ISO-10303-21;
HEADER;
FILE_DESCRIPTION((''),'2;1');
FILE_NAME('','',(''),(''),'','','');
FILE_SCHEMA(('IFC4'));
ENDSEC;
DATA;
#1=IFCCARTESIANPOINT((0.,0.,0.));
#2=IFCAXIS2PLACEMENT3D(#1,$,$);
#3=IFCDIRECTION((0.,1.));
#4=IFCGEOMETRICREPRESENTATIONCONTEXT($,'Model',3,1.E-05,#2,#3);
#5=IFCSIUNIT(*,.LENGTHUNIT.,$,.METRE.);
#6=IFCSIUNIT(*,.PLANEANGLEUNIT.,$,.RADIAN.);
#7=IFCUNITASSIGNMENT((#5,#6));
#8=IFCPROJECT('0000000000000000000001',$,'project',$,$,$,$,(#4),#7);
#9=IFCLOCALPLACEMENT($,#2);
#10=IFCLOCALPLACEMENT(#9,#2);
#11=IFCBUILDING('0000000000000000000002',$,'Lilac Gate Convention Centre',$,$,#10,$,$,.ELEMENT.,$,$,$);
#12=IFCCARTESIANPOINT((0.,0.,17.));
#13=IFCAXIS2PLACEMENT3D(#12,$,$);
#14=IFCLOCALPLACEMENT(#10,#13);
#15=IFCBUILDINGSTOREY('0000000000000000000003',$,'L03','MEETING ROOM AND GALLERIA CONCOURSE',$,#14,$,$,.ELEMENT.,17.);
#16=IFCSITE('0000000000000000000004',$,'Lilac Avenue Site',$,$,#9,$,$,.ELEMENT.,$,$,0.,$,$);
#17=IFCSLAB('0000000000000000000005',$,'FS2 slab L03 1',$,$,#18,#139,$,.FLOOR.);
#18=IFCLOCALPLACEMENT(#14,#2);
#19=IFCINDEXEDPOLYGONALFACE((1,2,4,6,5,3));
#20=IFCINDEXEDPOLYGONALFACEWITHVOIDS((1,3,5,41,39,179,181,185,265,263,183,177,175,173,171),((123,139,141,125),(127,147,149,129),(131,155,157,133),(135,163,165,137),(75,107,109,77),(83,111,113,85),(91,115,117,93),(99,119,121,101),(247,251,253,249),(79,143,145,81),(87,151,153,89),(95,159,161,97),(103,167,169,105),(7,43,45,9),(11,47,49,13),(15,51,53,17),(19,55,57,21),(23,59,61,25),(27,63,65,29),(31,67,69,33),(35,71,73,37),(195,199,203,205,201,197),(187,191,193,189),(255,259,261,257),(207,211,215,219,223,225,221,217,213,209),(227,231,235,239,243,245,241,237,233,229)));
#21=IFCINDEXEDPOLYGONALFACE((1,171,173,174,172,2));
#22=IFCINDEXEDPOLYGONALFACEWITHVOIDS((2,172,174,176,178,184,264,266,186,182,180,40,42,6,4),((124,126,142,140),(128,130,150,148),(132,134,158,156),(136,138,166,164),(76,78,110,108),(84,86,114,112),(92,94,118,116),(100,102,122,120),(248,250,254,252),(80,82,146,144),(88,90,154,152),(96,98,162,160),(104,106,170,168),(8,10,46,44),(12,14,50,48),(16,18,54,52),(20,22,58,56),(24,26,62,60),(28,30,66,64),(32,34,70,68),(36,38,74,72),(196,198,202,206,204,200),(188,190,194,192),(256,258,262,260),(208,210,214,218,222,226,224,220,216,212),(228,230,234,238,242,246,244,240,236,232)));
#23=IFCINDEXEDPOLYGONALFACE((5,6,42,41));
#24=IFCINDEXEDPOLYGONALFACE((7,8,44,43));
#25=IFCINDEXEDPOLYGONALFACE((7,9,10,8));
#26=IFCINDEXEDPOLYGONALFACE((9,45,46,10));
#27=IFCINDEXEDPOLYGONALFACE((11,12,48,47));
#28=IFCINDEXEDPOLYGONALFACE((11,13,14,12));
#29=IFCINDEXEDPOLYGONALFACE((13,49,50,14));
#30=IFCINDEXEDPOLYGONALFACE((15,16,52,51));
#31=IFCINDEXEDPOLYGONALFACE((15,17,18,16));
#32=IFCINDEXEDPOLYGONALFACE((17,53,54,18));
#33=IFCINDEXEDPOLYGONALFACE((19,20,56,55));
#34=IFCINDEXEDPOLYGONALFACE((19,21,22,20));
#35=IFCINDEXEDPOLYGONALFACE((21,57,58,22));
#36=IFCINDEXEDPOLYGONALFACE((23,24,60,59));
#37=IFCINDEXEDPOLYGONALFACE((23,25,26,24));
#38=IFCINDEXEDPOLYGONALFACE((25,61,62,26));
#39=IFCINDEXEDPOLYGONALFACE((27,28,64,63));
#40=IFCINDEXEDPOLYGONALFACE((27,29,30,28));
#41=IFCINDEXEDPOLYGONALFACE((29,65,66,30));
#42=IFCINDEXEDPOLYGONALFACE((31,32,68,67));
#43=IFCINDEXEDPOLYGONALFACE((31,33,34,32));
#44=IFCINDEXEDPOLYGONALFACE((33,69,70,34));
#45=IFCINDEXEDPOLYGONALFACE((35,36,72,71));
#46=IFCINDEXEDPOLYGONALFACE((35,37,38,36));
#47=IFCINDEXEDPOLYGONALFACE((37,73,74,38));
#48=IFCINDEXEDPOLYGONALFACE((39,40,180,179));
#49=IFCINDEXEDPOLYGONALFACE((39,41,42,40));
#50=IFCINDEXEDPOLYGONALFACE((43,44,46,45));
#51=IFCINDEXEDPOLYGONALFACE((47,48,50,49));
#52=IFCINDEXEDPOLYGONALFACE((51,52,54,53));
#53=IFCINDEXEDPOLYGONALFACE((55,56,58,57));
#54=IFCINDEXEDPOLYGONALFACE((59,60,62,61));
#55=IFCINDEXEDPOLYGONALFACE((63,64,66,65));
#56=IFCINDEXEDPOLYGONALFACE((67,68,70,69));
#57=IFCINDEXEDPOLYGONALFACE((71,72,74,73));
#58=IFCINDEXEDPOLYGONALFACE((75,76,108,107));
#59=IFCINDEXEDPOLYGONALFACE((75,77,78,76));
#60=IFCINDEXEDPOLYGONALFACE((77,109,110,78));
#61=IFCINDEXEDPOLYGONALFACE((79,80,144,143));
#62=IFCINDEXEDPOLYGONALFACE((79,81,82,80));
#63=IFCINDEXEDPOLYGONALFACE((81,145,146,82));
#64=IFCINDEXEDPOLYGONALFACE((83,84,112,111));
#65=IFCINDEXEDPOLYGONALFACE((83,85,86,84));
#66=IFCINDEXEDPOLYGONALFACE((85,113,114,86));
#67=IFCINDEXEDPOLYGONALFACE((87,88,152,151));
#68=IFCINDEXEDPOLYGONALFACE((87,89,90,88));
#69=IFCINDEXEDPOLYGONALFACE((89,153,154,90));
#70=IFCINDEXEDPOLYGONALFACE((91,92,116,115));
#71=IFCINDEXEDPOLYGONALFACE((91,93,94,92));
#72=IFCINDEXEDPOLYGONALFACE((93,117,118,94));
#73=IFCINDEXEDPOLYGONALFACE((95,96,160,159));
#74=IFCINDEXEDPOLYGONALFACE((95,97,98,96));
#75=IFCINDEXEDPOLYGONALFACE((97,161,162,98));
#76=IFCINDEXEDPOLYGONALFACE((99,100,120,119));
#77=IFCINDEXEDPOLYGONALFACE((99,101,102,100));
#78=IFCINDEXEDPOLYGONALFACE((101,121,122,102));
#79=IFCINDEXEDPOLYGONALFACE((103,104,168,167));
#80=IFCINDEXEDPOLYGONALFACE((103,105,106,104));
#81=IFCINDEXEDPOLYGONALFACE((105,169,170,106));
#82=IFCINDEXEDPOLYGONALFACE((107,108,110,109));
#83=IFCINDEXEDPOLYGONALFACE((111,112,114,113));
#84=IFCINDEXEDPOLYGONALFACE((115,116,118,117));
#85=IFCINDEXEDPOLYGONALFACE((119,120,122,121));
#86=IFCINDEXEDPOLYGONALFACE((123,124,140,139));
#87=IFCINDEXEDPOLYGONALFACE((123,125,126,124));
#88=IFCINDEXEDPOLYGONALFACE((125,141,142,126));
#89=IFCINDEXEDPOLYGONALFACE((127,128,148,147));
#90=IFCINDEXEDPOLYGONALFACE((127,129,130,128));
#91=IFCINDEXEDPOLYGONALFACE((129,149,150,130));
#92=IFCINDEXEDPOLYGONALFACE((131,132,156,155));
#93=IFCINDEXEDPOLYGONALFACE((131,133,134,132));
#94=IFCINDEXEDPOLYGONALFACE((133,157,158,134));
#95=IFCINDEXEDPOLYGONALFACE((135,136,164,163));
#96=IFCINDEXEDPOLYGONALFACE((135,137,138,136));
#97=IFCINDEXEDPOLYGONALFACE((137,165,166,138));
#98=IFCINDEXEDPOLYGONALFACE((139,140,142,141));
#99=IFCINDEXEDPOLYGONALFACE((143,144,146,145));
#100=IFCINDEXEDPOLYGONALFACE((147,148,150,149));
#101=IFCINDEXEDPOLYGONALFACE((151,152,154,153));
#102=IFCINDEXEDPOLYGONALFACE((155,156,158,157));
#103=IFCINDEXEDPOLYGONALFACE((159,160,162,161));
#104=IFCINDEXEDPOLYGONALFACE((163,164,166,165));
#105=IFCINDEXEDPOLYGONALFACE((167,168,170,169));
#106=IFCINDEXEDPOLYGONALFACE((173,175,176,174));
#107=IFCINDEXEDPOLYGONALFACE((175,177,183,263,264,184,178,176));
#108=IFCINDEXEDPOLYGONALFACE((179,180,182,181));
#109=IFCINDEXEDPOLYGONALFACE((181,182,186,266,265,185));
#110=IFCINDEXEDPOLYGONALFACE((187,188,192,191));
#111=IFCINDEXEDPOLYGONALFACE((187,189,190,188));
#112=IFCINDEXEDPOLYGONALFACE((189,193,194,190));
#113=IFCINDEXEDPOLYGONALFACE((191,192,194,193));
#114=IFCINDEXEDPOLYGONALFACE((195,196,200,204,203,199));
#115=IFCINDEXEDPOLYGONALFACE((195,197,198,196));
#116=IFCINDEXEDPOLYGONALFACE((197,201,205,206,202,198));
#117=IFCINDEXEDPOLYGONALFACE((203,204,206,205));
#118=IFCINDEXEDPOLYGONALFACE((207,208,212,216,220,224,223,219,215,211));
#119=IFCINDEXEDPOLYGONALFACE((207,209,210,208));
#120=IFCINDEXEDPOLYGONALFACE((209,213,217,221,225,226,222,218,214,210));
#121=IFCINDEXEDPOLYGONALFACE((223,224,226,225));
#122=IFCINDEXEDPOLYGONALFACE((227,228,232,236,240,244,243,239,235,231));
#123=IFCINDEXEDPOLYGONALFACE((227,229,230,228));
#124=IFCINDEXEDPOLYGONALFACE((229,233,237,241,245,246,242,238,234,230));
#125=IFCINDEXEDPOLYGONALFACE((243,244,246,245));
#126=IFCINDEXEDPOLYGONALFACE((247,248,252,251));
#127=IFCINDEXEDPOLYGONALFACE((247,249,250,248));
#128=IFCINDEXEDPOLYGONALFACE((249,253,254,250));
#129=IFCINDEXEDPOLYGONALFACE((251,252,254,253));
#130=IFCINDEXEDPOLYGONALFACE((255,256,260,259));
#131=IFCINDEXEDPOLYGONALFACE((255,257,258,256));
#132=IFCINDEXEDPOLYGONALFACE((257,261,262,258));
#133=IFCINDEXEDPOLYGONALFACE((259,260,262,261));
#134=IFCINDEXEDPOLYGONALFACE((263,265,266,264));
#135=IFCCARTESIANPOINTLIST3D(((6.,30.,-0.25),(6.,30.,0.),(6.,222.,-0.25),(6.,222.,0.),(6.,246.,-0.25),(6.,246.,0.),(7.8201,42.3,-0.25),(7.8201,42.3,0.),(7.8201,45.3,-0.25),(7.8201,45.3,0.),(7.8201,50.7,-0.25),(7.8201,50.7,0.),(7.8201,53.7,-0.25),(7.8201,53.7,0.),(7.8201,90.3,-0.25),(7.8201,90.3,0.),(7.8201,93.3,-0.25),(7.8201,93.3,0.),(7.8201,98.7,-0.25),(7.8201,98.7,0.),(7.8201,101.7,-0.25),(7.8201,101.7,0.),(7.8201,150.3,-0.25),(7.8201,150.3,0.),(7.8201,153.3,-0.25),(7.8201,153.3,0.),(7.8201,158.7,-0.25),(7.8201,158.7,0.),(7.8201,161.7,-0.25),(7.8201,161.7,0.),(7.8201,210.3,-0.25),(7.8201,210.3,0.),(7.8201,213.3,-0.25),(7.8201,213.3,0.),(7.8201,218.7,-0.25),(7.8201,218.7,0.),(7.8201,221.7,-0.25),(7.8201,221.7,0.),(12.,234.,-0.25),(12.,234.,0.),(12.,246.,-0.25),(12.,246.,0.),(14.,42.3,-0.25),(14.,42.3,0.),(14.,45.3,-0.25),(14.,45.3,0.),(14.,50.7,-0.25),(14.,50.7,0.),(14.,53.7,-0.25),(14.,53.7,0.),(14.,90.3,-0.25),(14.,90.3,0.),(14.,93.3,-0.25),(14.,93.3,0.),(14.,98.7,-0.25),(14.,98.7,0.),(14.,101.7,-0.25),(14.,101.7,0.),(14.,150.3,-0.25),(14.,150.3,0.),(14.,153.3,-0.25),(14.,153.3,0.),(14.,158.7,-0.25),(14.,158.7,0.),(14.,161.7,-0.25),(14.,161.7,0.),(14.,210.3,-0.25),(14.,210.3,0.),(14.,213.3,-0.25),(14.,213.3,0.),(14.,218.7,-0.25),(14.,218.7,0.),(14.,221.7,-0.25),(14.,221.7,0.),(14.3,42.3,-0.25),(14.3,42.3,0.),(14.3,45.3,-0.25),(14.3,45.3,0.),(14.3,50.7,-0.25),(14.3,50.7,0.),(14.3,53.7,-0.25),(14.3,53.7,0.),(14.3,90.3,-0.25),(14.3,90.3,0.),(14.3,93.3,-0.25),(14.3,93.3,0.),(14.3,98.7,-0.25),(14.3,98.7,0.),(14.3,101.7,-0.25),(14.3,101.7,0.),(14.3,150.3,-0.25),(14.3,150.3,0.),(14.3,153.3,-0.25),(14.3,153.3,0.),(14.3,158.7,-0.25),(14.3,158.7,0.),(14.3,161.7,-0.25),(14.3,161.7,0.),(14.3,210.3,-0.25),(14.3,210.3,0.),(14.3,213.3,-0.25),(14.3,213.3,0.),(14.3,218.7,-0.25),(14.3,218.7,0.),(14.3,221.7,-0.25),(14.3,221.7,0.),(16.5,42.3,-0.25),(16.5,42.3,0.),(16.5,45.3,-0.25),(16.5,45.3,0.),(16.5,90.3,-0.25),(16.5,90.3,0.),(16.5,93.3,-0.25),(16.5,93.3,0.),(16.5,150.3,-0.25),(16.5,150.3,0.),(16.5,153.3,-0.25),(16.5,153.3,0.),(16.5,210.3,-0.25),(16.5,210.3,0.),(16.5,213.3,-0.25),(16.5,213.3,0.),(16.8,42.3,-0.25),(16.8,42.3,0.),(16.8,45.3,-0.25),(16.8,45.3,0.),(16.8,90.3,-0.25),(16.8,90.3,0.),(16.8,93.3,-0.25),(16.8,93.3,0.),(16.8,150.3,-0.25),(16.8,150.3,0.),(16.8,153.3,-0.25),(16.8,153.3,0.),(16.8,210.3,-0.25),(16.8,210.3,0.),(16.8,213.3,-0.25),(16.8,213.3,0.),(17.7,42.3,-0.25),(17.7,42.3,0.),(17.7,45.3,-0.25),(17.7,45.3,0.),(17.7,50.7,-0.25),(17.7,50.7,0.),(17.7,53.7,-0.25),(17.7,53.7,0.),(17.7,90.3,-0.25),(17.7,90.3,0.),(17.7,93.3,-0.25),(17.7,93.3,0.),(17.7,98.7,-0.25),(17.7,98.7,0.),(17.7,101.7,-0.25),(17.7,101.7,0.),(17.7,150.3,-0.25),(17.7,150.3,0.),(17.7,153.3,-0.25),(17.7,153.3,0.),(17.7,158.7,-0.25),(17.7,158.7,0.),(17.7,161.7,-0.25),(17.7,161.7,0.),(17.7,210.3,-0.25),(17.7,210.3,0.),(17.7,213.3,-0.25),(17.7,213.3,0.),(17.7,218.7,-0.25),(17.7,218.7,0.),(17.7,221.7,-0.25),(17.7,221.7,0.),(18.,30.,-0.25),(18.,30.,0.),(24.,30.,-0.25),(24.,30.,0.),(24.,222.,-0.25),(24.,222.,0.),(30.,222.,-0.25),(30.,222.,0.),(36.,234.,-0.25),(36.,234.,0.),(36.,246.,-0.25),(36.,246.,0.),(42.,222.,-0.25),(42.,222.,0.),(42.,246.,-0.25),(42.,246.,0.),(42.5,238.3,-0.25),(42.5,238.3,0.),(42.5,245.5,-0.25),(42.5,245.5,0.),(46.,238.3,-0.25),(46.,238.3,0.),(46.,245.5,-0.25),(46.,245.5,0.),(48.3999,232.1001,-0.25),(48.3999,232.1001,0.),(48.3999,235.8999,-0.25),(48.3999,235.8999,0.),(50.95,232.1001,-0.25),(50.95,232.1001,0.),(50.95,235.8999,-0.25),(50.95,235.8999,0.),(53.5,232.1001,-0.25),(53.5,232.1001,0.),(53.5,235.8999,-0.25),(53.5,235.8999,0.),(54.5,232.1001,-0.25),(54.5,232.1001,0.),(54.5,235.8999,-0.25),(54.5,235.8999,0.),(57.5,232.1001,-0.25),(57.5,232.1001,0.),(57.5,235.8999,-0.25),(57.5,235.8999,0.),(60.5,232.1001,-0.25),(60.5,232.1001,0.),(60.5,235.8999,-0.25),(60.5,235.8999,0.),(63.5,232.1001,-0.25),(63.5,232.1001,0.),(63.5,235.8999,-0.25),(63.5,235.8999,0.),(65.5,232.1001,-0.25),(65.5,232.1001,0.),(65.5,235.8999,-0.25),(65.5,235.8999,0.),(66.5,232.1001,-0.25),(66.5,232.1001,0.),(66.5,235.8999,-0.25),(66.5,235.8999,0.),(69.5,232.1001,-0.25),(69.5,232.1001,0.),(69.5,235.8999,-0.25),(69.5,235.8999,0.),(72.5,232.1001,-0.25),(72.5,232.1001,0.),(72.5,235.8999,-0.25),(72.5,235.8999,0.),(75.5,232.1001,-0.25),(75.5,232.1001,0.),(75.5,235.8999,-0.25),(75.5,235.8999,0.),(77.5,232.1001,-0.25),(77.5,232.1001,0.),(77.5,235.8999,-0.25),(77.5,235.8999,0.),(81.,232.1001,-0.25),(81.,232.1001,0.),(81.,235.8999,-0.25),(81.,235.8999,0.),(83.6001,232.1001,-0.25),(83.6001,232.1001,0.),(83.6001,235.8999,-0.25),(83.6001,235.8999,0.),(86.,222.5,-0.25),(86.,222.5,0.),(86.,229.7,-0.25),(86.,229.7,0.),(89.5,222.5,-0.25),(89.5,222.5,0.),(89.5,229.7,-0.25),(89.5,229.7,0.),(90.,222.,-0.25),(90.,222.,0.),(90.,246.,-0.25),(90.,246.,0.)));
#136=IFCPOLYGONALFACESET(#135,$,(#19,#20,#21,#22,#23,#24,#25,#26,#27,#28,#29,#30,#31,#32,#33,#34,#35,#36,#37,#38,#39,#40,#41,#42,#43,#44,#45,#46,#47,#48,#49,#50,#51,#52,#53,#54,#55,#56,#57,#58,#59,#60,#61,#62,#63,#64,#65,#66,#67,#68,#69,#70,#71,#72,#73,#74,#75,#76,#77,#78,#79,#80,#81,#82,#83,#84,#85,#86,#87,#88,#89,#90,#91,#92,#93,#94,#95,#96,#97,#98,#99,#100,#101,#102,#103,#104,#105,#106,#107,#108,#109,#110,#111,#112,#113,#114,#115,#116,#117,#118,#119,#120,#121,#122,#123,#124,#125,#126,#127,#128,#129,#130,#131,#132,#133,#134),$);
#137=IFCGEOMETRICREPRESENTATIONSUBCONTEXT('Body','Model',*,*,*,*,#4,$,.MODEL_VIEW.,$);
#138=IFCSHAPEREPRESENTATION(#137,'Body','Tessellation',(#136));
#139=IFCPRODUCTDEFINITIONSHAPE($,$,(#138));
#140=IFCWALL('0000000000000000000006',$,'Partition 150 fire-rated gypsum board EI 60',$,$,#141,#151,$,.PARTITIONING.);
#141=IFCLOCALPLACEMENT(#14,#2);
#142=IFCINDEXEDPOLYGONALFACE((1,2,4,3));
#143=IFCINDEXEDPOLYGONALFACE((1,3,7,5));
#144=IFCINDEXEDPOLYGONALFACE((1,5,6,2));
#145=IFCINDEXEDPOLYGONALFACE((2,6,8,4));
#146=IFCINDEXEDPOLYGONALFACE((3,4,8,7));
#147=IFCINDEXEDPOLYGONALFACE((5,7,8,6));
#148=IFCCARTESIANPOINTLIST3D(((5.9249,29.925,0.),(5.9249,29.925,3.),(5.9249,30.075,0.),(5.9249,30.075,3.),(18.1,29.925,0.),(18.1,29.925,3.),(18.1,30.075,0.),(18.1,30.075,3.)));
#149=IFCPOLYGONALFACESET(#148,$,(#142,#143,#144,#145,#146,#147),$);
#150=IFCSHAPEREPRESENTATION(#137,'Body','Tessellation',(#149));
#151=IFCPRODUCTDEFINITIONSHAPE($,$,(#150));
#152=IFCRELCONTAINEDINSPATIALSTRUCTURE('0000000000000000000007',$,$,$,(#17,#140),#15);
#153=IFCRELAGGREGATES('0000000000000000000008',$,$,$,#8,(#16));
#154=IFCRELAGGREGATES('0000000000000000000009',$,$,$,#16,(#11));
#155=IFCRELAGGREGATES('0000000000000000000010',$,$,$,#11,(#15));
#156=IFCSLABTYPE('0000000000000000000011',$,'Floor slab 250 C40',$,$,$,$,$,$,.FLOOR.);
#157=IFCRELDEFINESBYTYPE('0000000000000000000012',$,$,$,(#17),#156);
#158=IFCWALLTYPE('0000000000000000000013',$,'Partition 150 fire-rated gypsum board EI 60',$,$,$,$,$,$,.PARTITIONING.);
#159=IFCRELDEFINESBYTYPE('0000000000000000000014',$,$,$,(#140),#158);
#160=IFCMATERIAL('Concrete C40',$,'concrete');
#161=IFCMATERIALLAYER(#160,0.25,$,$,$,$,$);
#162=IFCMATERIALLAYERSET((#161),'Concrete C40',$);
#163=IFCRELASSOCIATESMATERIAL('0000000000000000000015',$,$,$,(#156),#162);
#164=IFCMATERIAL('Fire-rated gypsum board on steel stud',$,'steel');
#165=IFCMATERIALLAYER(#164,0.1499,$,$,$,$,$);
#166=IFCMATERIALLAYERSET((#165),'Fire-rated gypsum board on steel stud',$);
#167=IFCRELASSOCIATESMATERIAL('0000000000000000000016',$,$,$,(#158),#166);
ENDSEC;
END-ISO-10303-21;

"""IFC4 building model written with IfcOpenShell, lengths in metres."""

from ifc_helpers import new_model, si_unit, direction, frame, frame_2d, origin, place, context, subcontext, project, spatial, polyline, rectangle, outline, extrude, material, layer, layer_set, type_object, element, save


model = new_model("IFC4")

# Units and contexts
model_context = context("Model", 3, precision=1e-05, world=origin(), true_north=direction((0.0, 1.0)))
body_context = subcontext(model_context, "Body", "Model", "MODEL_VIEW")
ifc_project = project(units=[si_unit("LENGTHUNIT", "METRE"), si_unit("PLANEANGLEUNIT", "RADIAN")], contexts=[model_context])

# Site, building, storey
site_placement = place(None, origin())
site = spatial("IfcSite", under=ifc_project, at=site_placement, Name="Lilac Avenue Site", CompositionType="ELEMENT", RefElevation=0.0)
building_placement = place(site_placement, origin())
building = spatial("IfcBuilding", under=site, at=building_placement, Name="Lilac Gate Convention Centre", CompositionType="ELEMENT")
storey_placement = place(building_placement, frame((0.0, 0.0, 17.0)))
storey = spatial("IfcBuildingStorey", under=building, at=storey_placement, Name="L03", Description="MEETING ROOM AND GALLERIA CONCOURSE", CompositionType="ELEMENT", Elevation=17.0)

# Shared definitions
ifc_material_1 = material(Name="Concrete C40", Category="concrete")

# Slab
ifc_layer_1 = layer(ifc_material_1, 0.25)
ifc_layer_set_1 = layer_set([ifc_layer_1], Name="Concrete C40")
slab_type_1 = type_object("IfcSlabType", Name="Floor slab 250 C40", PredefinedType="FLOOR", material=ifc_layer_set_1)
slab_1_placement = place(storey_placement, frame((0.0, 0.0, -0.25)))
element("IfcSlab", 1, at=slab_1_placement, inside=storey, type_object=slab_type_1, Name="FS2 slab L03 1", PredefinedType="FLOOR", context=body_context, shape_type="SweptSolid", body=[
    extrude(outline(polyline([(30.0, 222.0), (24.0, 222.0), (24.0, 30.0), (18.0, 30.0), (6.0, 30.0), (6.0, 222.0), (6.0, 246.0), (12.0, 246.0), (12.0, 234.0), (36.0, 234.0), (36.0, 246.0), (42.0, 246.0), (90.0, 246.0), (90.0, 222.0), (42.0, 222.0), (30.0, 222.0)]), holes=[polyline([(17.7, 42.3), (17.7, 45.3), (16.8, 45.3), (16.8, 42.3), (17.7, 42.3)]), polyline([(16.5, 42.3), (16.5, 45.3), (14.3, 45.3), (14.3, 42.3), (16.5, 42.3)]), polyline([(14.0, 42.3), (14.0, 45.3), (7.8201, 45.3), (7.8201, 42.3), (14.0, 42.3)]), polyline([(17.7, 50.7), (17.7, 53.7), (14.3, 53.7), (14.3, 50.7), (17.7, 50.7)]), polyline([(14.0, 50.7), (14.0, 53.7), (7.8201, 53.7), (7.8201, 50.7), (14.0, 50.7)]), polyline([(16.5, 90.3), (16.5, 93.3), (14.3, 93.3), (14.3, 90.3), (16.5, 90.3)]), polyline([(14.0, 90.3), (14.0, 93.3), (7.8201, 93.3), (7.8201, 90.3), (14.0, 90.3)]), polyline([(14.0, 98.7), (14.0, 101.7), (7.8201, 101.7), (7.8201, 98.7), (14.0, 98.7)]), polyline([(17.7, 98.7), (17.7, 101.7), (14.3, 101.7), (14.3, 98.7), (17.7, 98.7)]), polyline([(14.0, 150.3), (14.0, 153.3), (7.8201, 153.3), (7.8201, 150.3), (14.0, 150.3)]), polyline([(16.5, 150.3), (16.5, 153.3), (14.3, 153.3), (14.3, 150.3), (16.5, 150.3)]), polyline([(14.0, 158.7), (14.0, 161.7), (7.8201, 161.7), (7.8201, 158.7), (14.0, 158.7)]), polyline([(17.7, 158.7), (17.7, 161.7), (14.3, 161.7), (14.3, 158.7), (17.7, 158.7)]), polyline([(16.5, 210.3), (16.5, 213.3), (14.3, 213.3), (14.3, 210.3), (16.5, 210.3)]), polyline([(14.0, 210.3), (14.0, 213.3), (7.8201, 213.3), (7.8201, 210.3), (14.0, 210.3)]), polyline([(17.7, 218.7), (17.7, 221.7), (14.3, 221.7), (14.3, 218.7), (17.7, 218.7)]), polyline([(14.0, 218.7), (14.0, 221.7), (7.8201, 221.7), (7.8201, 218.7), (14.0, 218.7)]), polyline([(17.7, 90.3), (17.7, 93.3), (16.8, 93.3), (16.8, 90.3), (17.7, 90.3)]), polyline([(17.7, 150.3), (17.7, 153.3), (16.8, 153.3), (16.8, 150.3), (17.7, 150.3)]), polyline([(17.7, 210.3), (17.7, 213.3), (16.8, 213.3), (16.8, 210.3), (17.7, 210.3)]), polyline([(89.5, 222.5), (89.5, 229.7), (86.0, 229.7), (86.0, 222.5), (89.5, 222.5)]), polyline([(53.5, 235.8999), (50.95, 235.8999), (48.3999, 235.8999), (48.3999, 232.1001), (50.95, 232.1001), (53.5, 232.1001), (53.5, 235.8999)]), polyline([(54.5, 232.1001), (57.5, 232.1001), (60.5, 232.1001), (63.5, 232.1001), (65.5, 232.1001), (65.5, 235.8999), (63.5, 235.8999), (60.5, 235.8999), (57.5, 235.8999), (54.5, 235.8999), (54.5, 232.1001)]), polyline([(72.5, 235.8999), (69.5, 235.8999), (66.5, 235.8999), (66.5, 232.1001), (69.5, 232.1001), (72.5, 232.1001), (75.5, 232.1001), (77.5, 232.1001), (77.5, 235.8999), (75.5, 235.8999), (72.5, 235.8999)]), polyline([(81.0, 232.1001), (83.6001, 232.1001), (83.6001, 235.8999), (81.0, 235.8999), (81.0, 232.1001)]), polyline([(42.5, 238.3), (46.0, 238.3), (46.0, 245.5), (42.5, 245.5), (42.5, 238.3)])]), origin(), (0.0, 0.0, 1.0), 0.25),
])

# Wall
ifc_material_2 = material(Name="Fire-rated gypsum board on steel stud", Category="steel")
ifc_layer_2 = layer(ifc_material_2, 0.1499)
ifc_layer_set_2 = layer_set([ifc_layer_2], Name="Fire-rated gypsum board on steel stud")
wall_type = type_object("IfcWallType", Name="Partition 150 fire-rated gypsum board EI 60", PredefinedType="PARTITIONING", material=ifc_layer_set_2)
wall_placement = place(storey_placement, frame((5.925, 30.0, 0.0), z_axis=(0.0, 0.0, 1.0), x_axis=(1.0, 0.0, 0.0)))
element("IfcWall", 2, at=wall_placement, inside=storey, type_object=wall_type, Name="Partition 150 fire-rated gypsum board EI 60", PredefinedType="PARTITIONING", context=body_context, shape_type="SweptSolid", body=[
    extrude(rectangle(XDim=12.175, YDim=0.1499, at=frame_2d((6.0874, 0.0))), origin(), (0.0, 0.0, 1.0), 3.0),
])

save(model, "model.ifc")
